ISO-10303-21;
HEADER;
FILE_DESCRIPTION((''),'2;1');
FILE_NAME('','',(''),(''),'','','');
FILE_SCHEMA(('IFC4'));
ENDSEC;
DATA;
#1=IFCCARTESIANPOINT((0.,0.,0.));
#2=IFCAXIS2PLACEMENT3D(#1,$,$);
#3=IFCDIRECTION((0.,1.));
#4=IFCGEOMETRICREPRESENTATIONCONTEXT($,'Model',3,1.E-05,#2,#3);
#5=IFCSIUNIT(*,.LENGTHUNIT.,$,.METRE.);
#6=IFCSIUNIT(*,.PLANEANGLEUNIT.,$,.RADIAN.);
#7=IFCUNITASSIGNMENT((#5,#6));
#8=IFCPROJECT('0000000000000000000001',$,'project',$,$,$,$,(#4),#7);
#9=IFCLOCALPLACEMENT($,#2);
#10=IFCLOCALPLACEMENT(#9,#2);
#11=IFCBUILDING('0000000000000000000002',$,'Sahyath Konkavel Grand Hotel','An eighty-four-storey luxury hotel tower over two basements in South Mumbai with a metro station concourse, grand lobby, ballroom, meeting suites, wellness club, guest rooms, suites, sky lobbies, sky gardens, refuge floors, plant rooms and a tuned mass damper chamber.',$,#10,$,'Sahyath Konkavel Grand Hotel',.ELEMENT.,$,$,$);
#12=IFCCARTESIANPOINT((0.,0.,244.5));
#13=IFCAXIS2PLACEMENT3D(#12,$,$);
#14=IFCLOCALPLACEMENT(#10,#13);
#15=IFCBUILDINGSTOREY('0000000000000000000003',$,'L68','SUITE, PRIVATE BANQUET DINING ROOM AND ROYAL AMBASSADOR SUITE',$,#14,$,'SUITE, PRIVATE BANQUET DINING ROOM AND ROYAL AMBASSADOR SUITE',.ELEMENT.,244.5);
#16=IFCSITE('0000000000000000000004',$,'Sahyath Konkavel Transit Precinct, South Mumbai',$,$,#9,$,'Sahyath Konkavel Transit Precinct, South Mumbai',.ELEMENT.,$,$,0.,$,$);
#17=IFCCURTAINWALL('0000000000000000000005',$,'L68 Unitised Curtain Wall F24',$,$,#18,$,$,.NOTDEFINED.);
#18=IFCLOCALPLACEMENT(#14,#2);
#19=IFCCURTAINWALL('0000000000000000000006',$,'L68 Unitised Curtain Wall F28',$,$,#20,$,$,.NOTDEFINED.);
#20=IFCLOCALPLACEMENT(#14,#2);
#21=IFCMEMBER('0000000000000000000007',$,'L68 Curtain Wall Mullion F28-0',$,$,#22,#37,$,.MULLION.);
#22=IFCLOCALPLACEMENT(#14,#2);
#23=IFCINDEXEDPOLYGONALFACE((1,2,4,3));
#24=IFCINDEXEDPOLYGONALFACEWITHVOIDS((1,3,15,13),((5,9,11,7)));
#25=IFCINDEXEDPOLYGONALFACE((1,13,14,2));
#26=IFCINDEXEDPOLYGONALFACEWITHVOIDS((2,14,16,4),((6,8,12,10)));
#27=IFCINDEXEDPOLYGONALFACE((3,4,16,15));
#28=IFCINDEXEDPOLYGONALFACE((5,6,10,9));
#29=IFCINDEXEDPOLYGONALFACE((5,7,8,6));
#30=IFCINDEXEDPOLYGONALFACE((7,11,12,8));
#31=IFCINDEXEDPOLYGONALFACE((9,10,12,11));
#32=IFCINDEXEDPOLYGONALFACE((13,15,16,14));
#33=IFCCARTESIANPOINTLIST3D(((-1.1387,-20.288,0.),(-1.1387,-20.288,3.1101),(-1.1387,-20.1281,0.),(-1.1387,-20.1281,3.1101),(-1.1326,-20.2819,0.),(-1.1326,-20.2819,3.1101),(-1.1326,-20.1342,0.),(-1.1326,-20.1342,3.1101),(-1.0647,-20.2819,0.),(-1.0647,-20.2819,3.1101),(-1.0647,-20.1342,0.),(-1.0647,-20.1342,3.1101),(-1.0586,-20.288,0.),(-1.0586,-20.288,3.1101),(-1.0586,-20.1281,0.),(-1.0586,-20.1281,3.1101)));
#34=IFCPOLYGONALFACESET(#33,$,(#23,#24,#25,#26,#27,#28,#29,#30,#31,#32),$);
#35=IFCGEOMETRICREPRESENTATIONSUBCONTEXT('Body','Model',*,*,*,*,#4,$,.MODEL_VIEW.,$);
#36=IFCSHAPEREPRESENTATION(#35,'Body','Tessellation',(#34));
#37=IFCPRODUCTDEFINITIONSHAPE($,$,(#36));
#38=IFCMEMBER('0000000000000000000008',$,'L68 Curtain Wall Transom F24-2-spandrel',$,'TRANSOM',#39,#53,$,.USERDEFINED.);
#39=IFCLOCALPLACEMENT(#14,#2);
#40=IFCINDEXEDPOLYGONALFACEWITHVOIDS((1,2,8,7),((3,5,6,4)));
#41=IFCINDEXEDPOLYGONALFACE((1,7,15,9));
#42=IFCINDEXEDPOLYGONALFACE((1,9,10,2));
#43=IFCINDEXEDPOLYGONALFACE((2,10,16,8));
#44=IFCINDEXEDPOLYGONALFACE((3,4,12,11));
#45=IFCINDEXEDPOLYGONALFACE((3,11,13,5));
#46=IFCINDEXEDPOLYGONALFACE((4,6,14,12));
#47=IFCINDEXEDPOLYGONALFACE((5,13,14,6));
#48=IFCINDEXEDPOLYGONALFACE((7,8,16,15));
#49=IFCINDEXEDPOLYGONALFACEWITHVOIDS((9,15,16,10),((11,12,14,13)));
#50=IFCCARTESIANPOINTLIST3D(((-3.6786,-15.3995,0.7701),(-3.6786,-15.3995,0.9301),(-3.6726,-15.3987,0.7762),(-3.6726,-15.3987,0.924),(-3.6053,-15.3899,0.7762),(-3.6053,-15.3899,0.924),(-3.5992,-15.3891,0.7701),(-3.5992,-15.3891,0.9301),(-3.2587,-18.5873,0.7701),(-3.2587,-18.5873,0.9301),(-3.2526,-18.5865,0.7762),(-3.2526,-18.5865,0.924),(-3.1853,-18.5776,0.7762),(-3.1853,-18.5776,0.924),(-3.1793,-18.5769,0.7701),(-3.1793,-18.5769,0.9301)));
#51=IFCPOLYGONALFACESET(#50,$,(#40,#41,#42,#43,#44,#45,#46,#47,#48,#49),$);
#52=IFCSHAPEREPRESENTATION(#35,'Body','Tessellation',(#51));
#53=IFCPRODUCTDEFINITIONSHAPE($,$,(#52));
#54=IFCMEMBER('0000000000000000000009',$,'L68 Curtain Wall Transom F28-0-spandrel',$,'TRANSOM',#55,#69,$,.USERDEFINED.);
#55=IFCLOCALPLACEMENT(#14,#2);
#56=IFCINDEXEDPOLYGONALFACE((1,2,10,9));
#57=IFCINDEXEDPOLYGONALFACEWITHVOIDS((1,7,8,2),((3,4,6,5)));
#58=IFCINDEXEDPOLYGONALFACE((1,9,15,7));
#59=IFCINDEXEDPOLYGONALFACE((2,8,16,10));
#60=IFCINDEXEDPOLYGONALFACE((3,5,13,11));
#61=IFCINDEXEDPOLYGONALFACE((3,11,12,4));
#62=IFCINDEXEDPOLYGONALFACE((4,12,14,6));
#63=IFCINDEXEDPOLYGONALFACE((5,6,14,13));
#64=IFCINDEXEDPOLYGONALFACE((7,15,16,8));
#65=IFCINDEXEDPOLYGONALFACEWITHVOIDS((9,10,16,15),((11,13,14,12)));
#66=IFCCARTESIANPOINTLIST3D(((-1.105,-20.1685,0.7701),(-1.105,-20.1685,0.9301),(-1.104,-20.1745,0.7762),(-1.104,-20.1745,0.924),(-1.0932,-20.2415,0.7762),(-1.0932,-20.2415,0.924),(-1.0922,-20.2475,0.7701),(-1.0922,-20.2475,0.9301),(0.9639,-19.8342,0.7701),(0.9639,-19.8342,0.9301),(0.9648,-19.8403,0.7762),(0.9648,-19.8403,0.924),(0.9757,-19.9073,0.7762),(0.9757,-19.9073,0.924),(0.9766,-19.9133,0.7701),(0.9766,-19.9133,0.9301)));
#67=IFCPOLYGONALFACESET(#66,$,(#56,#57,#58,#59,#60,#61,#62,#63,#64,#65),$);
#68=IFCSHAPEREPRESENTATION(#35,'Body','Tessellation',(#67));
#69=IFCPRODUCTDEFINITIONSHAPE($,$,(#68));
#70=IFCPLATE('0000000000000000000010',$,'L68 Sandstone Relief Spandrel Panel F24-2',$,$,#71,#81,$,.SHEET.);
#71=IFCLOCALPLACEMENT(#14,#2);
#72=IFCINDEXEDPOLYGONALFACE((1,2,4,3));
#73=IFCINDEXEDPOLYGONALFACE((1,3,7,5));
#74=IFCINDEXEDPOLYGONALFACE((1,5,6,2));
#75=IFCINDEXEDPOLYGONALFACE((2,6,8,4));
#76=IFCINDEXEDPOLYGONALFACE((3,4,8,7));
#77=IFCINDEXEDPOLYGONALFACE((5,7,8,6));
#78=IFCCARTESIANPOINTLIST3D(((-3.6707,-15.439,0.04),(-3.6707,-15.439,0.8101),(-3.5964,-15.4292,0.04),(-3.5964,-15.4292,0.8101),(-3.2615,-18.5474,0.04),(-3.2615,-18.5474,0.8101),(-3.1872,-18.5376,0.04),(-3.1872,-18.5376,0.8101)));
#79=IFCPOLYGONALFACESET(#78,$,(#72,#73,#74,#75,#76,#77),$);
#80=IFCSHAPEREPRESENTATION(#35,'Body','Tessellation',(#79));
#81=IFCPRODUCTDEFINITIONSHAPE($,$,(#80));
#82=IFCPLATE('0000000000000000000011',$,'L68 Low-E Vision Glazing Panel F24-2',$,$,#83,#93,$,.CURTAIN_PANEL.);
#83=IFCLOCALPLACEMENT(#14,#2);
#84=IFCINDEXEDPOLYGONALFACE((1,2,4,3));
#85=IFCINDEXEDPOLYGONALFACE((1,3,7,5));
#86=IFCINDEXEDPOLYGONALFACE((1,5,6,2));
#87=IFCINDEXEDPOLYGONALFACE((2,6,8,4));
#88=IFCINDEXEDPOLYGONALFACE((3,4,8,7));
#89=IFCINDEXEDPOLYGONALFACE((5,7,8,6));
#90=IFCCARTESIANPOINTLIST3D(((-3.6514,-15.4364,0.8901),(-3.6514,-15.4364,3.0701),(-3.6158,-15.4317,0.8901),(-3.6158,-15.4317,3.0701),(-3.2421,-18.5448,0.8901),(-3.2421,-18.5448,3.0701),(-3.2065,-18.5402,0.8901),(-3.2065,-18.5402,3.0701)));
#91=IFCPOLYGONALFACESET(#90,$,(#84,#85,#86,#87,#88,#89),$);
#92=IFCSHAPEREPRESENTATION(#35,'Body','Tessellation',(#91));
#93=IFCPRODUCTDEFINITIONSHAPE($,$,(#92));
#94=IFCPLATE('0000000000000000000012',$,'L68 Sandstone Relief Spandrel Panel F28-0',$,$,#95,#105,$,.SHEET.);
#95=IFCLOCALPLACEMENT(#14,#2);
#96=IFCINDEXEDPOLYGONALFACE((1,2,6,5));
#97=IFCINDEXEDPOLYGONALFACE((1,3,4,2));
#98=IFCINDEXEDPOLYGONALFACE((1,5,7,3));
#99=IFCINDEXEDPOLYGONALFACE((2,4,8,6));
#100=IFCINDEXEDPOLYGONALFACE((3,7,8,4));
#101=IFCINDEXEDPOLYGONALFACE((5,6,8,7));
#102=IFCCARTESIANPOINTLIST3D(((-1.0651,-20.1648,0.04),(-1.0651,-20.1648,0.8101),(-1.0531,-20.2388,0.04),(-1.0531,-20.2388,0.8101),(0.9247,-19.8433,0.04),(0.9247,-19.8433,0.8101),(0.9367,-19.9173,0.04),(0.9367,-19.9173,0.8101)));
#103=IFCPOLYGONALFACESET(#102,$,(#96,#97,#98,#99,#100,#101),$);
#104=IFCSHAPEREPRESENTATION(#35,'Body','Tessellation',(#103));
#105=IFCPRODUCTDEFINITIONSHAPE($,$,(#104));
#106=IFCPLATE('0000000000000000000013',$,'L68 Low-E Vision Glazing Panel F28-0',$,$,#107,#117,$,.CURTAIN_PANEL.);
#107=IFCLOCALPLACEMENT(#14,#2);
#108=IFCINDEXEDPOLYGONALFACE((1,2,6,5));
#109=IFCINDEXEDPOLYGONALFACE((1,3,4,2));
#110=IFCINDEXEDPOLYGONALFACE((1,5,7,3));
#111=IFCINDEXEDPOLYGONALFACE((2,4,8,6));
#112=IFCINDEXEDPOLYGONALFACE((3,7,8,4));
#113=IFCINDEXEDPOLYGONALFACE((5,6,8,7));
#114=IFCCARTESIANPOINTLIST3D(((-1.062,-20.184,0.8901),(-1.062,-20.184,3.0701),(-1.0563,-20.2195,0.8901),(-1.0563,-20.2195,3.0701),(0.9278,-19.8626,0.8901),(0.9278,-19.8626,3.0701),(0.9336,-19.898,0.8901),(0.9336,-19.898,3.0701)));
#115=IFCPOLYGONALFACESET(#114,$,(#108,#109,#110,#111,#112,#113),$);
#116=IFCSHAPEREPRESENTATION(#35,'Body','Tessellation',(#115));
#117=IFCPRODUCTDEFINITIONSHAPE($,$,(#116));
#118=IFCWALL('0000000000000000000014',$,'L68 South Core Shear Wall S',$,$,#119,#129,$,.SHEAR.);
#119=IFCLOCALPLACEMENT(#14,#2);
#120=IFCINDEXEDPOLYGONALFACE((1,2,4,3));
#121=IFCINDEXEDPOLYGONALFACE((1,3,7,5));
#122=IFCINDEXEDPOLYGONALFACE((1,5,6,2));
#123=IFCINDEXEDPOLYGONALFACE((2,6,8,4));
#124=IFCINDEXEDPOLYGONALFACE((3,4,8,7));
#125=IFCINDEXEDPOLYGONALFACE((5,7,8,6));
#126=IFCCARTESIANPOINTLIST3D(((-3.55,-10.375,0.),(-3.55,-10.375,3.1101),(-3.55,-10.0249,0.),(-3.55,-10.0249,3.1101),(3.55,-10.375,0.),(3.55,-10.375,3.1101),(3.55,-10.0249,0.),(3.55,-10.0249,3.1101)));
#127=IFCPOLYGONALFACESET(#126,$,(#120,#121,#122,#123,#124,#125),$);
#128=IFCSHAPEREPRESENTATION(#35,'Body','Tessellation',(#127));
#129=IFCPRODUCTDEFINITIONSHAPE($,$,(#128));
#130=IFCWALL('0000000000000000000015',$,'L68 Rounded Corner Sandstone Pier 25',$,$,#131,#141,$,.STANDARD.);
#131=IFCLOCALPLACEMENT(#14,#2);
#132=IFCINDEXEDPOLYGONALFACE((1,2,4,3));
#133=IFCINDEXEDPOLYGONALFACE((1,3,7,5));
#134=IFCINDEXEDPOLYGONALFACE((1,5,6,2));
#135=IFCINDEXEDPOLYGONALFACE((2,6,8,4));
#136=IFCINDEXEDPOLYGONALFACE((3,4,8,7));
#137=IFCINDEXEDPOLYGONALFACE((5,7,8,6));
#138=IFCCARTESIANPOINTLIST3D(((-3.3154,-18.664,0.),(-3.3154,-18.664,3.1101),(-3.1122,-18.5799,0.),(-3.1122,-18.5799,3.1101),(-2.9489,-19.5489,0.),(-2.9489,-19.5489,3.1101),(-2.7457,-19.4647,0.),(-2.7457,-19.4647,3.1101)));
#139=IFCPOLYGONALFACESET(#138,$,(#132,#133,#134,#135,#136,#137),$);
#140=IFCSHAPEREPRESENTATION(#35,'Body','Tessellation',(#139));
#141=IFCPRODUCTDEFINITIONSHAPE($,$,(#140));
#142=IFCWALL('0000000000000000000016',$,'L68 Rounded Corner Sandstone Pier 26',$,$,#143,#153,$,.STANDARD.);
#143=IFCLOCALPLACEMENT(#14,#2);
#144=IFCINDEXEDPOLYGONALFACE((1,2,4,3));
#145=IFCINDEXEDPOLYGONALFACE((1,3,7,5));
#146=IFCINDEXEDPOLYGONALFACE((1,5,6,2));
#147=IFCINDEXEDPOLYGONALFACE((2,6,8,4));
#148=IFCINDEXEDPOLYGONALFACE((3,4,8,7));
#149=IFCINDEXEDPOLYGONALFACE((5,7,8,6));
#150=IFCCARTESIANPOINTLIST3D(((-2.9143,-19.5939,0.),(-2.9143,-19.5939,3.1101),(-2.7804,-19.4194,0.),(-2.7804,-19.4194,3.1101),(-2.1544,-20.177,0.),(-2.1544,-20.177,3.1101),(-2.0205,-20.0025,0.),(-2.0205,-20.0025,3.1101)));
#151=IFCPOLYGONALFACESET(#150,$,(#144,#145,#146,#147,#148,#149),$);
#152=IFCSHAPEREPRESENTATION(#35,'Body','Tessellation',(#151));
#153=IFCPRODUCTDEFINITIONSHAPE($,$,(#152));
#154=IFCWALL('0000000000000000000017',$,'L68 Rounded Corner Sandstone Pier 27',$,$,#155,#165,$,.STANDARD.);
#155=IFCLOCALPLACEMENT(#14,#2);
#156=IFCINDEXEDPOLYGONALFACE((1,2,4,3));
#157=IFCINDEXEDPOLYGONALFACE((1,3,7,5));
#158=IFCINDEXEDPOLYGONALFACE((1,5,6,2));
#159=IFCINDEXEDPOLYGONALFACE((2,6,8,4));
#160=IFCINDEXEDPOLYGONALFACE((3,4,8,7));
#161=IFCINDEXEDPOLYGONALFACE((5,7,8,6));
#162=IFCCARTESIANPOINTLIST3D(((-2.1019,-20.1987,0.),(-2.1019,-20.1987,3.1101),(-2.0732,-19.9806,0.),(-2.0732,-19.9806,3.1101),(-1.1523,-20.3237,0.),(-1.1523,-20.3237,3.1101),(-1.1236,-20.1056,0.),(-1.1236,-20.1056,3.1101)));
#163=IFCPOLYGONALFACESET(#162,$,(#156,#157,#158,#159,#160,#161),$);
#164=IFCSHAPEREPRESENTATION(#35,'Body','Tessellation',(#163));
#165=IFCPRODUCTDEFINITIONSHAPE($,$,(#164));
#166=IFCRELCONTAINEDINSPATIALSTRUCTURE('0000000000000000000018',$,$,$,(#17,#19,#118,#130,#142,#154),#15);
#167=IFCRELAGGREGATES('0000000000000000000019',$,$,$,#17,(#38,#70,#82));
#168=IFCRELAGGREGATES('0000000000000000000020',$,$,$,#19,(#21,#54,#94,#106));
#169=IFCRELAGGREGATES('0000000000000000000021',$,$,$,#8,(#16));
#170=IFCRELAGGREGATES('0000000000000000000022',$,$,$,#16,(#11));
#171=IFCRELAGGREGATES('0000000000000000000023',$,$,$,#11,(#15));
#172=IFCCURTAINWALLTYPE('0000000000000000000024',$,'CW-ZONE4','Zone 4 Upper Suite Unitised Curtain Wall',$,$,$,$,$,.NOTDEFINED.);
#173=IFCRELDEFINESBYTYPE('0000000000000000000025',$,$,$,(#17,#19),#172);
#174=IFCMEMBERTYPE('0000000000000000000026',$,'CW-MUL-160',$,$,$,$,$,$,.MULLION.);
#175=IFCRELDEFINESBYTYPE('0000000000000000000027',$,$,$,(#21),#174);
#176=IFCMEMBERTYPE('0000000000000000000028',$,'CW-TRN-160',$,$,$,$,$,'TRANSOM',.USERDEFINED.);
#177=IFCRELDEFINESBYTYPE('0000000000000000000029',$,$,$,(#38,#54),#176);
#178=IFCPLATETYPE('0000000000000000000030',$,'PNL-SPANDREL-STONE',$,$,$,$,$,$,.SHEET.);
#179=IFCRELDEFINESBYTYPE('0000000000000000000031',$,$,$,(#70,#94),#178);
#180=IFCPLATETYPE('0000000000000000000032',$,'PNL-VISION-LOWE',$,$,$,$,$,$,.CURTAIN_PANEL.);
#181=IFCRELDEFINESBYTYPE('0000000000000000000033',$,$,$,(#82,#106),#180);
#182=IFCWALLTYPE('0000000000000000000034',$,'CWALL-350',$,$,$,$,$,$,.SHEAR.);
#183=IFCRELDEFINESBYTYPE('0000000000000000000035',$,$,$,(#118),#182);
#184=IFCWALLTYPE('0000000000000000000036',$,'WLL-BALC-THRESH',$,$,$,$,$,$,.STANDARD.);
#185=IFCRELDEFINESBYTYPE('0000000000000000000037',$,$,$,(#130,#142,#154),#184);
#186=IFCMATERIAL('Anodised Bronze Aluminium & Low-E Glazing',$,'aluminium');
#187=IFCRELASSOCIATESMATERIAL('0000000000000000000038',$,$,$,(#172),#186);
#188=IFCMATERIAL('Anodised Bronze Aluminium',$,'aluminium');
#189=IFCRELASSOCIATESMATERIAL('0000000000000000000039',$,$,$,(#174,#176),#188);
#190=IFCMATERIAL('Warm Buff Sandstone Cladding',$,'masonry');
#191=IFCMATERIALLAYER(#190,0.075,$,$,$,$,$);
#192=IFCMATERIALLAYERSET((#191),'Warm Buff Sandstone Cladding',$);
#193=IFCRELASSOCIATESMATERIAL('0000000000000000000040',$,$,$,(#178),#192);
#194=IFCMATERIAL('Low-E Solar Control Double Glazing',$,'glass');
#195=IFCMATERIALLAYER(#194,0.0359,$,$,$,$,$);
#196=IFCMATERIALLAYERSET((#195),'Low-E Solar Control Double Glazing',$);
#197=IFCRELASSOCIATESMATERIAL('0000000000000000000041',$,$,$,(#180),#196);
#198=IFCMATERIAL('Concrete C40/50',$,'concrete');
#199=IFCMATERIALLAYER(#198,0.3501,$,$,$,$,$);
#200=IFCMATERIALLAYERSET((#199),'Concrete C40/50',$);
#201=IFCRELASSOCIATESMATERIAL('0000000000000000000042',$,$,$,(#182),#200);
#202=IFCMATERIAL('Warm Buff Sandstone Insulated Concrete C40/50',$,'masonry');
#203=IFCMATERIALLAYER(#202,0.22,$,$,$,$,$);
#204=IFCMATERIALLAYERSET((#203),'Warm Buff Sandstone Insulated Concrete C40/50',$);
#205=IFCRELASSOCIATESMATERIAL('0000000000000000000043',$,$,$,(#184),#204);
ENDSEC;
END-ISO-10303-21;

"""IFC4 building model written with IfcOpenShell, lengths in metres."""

from ifc_helpers import new_model, si_unit, direction, frame, frame_2d, origin, origin_2d, place, context, subcontext, project, spatial, rectangle, hollow_rectangle, extrude, source, transform, mapped, material, layer, layer_set, material_profile, profile_set, type_object, element, aggregate, save


model = new_model("IFC4")

# Units and contexts
model_context = context("Model", 3, precision=1e-05, world=origin(), true_north=direction((0.0, 1.0)))
body_context = subcontext(model_context, "Body", "Model", "MODEL_VIEW")
ifc_project = project(units=[si_unit("LENGTHUNIT", "METRE"), si_unit("PLANEANGLEUNIT", "RADIAN")], contexts=[model_context])

# Site, building, storey
site_placement = place(None, origin())
site = spatial("IfcSite", under=ifc_project, at=site_placement, Name="Sahyath Konkavel Transit Precinct, South Mumbai", LongName="Sahyath Konkavel Transit Precinct, South Mumbai", CompositionType="ELEMENT", RefElevation=0.0)
building_placement = place(site_placement, origin())
building = spatial("IfcBuilding", under=site, at=building_placement, Name="Sahyath Konkavel Grand Hotel", Description="An eighty-four-storey luxury hotel tower over two basements in South Mumbai with a metro station concourse, grand lobby, ballroom, meeting suites, wellness club, guest rooms, suites, sky lobbies, sky gardens, refuge floors, plant rooms and a tuned mass damper chamber.", LongName="Sahyath Konkavel Grand Hotel", CompositionType="ELEMENT")
storey_placement = place(building_placement, frame((0.0, 0.0, 244.5)))
storey = spatial("IfcBuildingStorey", under=building, at=storey_placement, Name="L68", Description="SUITE, PRIVATE BANQUET DINING ROOM AND ROYAL AMBASSADOR SUITE", LongName="SUITE, PRIVATE BANQUET DINING ROOM AND ROYAL AMBASSADOR SUITE", CompositionType="ELEMENT", Elevation=244.5)

# Shared definitions
ifc_material_1 = material(Name="Concrete C40/50", Category="concrete")

# Curtain wall
ifc_material_2 = material(Name="Anodised Bronze Aluminium & Low-E Glazing", Category="aluminium")
curtain_wall_type = type_object("IfcCurtainWallType", Name="CW-ZONE4", Description="Zone 4 Upper Suite Unitised Curtain Wall", PredefinedType="NOTDEFINED", material=ifc_material_2)
curtain_wall_1_placement = place(storey_placement, origin())
curtain_wall_1 = element("IfcCurtainWall", 1, at=curtain_wall_1_placement, inside=storey, type_object=curtain_wall_type, Name="L68 Unitised Curtain Wall F24", PredefinedType="NOTDEFINED")
ifc_material_3 = material(Name="Anodised Bronze Aluminium", Category="aluminium")
ifc_material_profile_1 = material_profile(ifc_material_3, hollow_rectangle(XDim=0.0801, YDim=0.1599, WallThickness=0.0061, at=origin_2d()), Name="RHS 160x80x6")
ifc_profile_set_1 = profile_set([ifc_material_profile_1], Name="Anodised Bronze Aluminium")
member_type_1 = type_object("IfcMemberType", Name="CW-MUL-160", PredefinedType="MULLION", material=ifc_profile_set_1)
shared_shape_1 = source(origin(), body_context, "Body", "SweptSolid", [
    extrude(hollow_rectangle(XDim=0.0801, YDim=0.1599, WallThickness=0.0061, at=origin_2d()), origin(), (0.0, 0.0, 1.0), 3.1101),
])

# Curtain wall, member
curtain_wall_2_placement = place(storey_placement, origin())
curtain_wall_2 = element("IfcCurtainWall", 2, at=curtain_wall_2_placement, inside=storey, type_object=curtain_wall_type, Name="L68 Unitised Curtain Wall F28", PredefinedType="NOTDEFINED")
member_1_placement = place(storey_placement, frame((-1.0986, -20.208, 0.0), z_axis=(0.0, 0.0, 1.0), x_axis=(1.0, 0.0, 0.0)))
member_1 = element("IfcMember", 3, at=member_1_placement, type_object=member_type_1, Name="L68 Curtain Wall Mullion F28-0", PredefinedType="MULLION", context=body_context, shape_type="MappedRepresentation", body=[
    mapped(shared_shape_1, transform((0.0, 0.0, 0.0), scale=1.0)),
])

# Members
ifc_material_profile_2 = material_profile(ifc_material_3, hollow_rectangle(XDim=0.0801, YDim=0.1599, WallThickness=0.0061, at=origin_2d()), Name="RHS 160x80x6")
ifc_profile_set_2 = profile_set([ifc_material_profile_2], Name="Anodised Bronze Aluminium")
member_type_2 = type_object("IfcMemberType", Name="CW-TRN-160", ElementType="TRANSOM", PredefinedType="USERDEFINED", material=ifc_profile_set_2)
shared_shape_2 = source(origin(), body_context, "Body", "SweptSolid", [
    extrude(hollow_rectangle(XDim=0.0801, YDim=0.1599, WallThickness=0.0061, at=origin_2d()), origin(), (0.0, 0.0, 1.0), 3.2153),
])
member_2_placement = place(storey_placement, frame((-3.6389, -15.3943, 0.8501), z_axis=(0.130602, -0.991435, 0.0), x_axis=(0.991435, 0.130602, 0.0)))
member_2 = element("IfcMember", 4, at=member_2_placement, type_object=member_type_2, Name="L68 Curtain Wall Transom F24-2-spandrel", ObjectType="TRANSOM", PredefinedType="USERDEFINED", context=body_context, shape_type="MappedRepresentation", body=[
    mapped(shared_shape_2, transform((0.0, 0.0, 0.0), scale=1.0)),
])
shared_shape_3 = source(origin(), body_context, "Body", "SweptSolid", [
    extrude(hollow_rectangle(XDim=0.0801, YDim=0.1599, WallThickness=0.0061, at=origin_2d()), origin(), (0.0, 0.0, 1.0), 2.0957),
])
member_3_placement = place(storey_placement, frame((-1.0986, -20.208, 0.8501), z_axis=(0.9872, 0.159485, 0.0), x_axis=(-0.159485, 0.9872, 0.0)))
member_3 = element("IfcMember", 5, at=member_3_placement, type_object=member_type_2, Name="L68 Curtain Wall Transom F28-0-spandrel", ObjectType="TRANSOM", PredefinedType="USERDEFINED", context=body_context, shape_type="MappedRepresentation", body=[
    mapped(shared_shape_3, transform((0.0, 0.0, 0.0), scale=1.0)),
])

# Plates
ifc_material_4 = material(Name="Warm Buff Sandstone Cladding", Category="masonry")
ifc_layer_1 = layer(ifc_material_4, 0.075)
ifc_layer_set_1 = layer_set([ifc_layer_1], Name="Warm Buff Sandstone Cladding")
plate_type_1 = type_object("IfcPlateType", Name="PNL-SPANDREL-STONE", PredefinedType="SHEET", material=ifc_layer_set_1)
shared_shape_4 = source(origin(), body_context, "Body", "SweptSolid", [
    extrude(rectangle(XDim=3.1353, YDim=0.075, at=origin_2d()), origin(), (0.0, 0.0, 1.0), 0.77),
])
plate_1_placement = place(storey_placement, frame((-3.429, -16.9883, 0.04), z_axis=(0.0, 0.0, 1.0), x_axis=(0.130526, -0.991445, 0.0)))
plate_1 = element("IfcPlate", 6, at=plate_1_placement, type_object=plate_type_1, Name="L68 Sandstone Relief Spandrel Panel F24-2", PredefinedType="SHEET", context=body_context, shape_type="MappedRepresentation", body=[
    mapped(shared_shape_4, transform((0.0, 0.0, 0.0), scale=1.0)),
])
ifc_material_5 = material(Name="Low-E Solar Control Double Glazing", Category="glass")
ifc_layer_2 = layer(ifc_material_5, 0.0359)
ifc_layer_set_2 = layer_set([ifc_layer_2], Name="Low-E Solar Control Double Glazing")
plate_type_2 = type_object("IfcPlateType", Name="PNL-VISION-LOWE", PredefinedType="CURTAIN_PANEL", material=ifc_layer_set_2)
shared_shape_5 = source(origin(), body_context, "Body", "SweptSolid", [
    extrude(rectangle(XDim=3.1353, YDim=0.0359, at=origin_2d()), origin(), (0.0, 0.0, 1.0), 2.1799),
])
plate_2_placement = place(storey_placement, frame((-3.429, -16.9883, 0.8901), z_axis=(0.0, 0.0, 1.0), x_axis=(0.130526, -0.991445, 0.0)))
plate_2 = element("IfcPlate", 7, at=plate_2_placement, type_object=plate_type_2, Name="L68 Low-E Vision Glazing Panel F24-2", PredefinedType="CURTAIN_PANEL", context=body_context, shape_type="MappedRepresentation", body=[
    mapped(shared_shape_5, transform((0.0, 0.0, 0.0), scale=1.0)),
])
aggregate(curtain_wall_1, [member_2, plate_1, plate_2])
shared_shape_6 = source(origin(), body_context, "Body", "SweptSolid", [
    extrude(rectangle(XDim=2.0156, YDim=0.075, at=origin_2d()), origin(), (0.0, 0.0, 1.0), 0.77),
])
plate_3_placement = place(storey_placement, frame((-0.0642, -20.041, 0.04), z_axis=(0.0, 0.0, 1.0), x_axis=(0.987198, 0.159502, 0.0)))
plate_3 = element("IfcPlate", 8, at=plate_3_placement, type_object=plate_type_1, Name="L68 Sandstone Relief Spandrel Panel F28-0", PredefinedType="SHEET", context=body_context, shape_type="MappedRepresentation", body=[
    mapped(shared_shape_6, transform((0.0, 0.0, 0.0), scale=1.0)),
])
shared_shape_7 = source(origin(), body_context, "Body", "SweptSolid", [
    extrude(rectangle(XDim=2.0156, YDim=0.0359, at=origin_2d()), origin(), (0.0, 0.0, 1.0), 2.1799),
])
plate_4_placement = place(storey_placement, frame((-0.0642, -20.041, 0.8901), z_axis=(0.0, 0.0, 1.0), x_axis=(0.987198, 0.159502, 0.0)))
plate_4 = element("IfcPlate", 9, at=plate_4_placement, type_object=plate_type_2, Name="L68 Low-E Vision Glazing Panel F28-0", PredefinedType="CURTAIN_PANEL", context=body_context, shape_type="MappedRepresentation", body=[
    mapped(shared_shape_7, transform((0.0, 0.0, 0.0), scale=1.0)),
])
aggregate(curtain_wall_2, [member_1, member_3, plate_3, plate_4])

# Walls
ifc_layer_3 = layer(ifc_material_1, 0.3501)
ifc_layer_set_3 = layer_set([ifc_layer_3], Name="Concrete C40/50")
wall_type_1 = type_object("IfcWallType", Name="CWALL-350", PredefinedType="SHEAR", material=ifc_layer_set_3)
wall_1_placement = place(storey_placement, frame((-3.55, -10.2, 0.0), z_axis=(0.0, 0.0, 1.0), x_axis=(1.0, 0.0, 0.0)))
element("IfcWall", 10, at=wall_1_placement, inside=storey, type_object=wall_type_1, Name="L68 South Core Shear Wall S", PredefinedType="SHEAR", context=body_context, shape_type="SweptSolid", body=[
    extrude(rectangle(XDim=7.1001, YDim=0.3501, at=frame_2d((3.55, 0.0))), origin(), (0.0, 0.0, 1.0), 3.1101),
])
ifc_material_6 = material(Name="Warm Buff Sandstone Insulated Concrete C40/50", Category="masonry")
ifc_layer_4 = layer(ifc_material_6, 0.22)
ifc_layer_set_4 = layer_set([ifc_layer_4], Name="Warm Buff Sandstone Insulated Concrete C40/50")
wall_type_2 = type_object("IfcWallType", Name="WLL-BALC-THRESH", PredefinedType="STANDARD", material=ifc_layer_set_4)
for number, where, z_axis, x_axis, name in (
    (11, (-3.2139, -18.6218, 0.0), (0.0, 0.0, 1.0), (0.38266, -0.923889, 0.0), "L68 Rounded Corner Sandstone Pier 25"),
    (12, (-2.8474, -19.5066, 0.0), (0.0, 0.0, 1.0), (0.793344, -0.608774, 0.0), "L68 Rounded Corner Sandstone Pier 26"),
    (13, (-2.0876, -20.0896, 0.0), (0.0, 0.0, 1.0), (0.991445, -0.130527, 0.0), "L68 Rounded Corner Sandstone Pier 27"),
):
    element("IfcWall", number, at=place(storey_placement, frame(where, z_axis=z_axis, x_axis=x_axis)), inside=storey, type_object=wall_type_2, Name=name, PredefinedType="STANDARD", context=body_context, shape_type="SweptSolid", body=[
        extrude(rectangle(XDim=0.9578, YDim=0.22, at=frame_2d((0.479, 0.0))), origin(), (0.0, 0.0, 1.0), 3.1101),
    ])

save(model, "model.ifc")
